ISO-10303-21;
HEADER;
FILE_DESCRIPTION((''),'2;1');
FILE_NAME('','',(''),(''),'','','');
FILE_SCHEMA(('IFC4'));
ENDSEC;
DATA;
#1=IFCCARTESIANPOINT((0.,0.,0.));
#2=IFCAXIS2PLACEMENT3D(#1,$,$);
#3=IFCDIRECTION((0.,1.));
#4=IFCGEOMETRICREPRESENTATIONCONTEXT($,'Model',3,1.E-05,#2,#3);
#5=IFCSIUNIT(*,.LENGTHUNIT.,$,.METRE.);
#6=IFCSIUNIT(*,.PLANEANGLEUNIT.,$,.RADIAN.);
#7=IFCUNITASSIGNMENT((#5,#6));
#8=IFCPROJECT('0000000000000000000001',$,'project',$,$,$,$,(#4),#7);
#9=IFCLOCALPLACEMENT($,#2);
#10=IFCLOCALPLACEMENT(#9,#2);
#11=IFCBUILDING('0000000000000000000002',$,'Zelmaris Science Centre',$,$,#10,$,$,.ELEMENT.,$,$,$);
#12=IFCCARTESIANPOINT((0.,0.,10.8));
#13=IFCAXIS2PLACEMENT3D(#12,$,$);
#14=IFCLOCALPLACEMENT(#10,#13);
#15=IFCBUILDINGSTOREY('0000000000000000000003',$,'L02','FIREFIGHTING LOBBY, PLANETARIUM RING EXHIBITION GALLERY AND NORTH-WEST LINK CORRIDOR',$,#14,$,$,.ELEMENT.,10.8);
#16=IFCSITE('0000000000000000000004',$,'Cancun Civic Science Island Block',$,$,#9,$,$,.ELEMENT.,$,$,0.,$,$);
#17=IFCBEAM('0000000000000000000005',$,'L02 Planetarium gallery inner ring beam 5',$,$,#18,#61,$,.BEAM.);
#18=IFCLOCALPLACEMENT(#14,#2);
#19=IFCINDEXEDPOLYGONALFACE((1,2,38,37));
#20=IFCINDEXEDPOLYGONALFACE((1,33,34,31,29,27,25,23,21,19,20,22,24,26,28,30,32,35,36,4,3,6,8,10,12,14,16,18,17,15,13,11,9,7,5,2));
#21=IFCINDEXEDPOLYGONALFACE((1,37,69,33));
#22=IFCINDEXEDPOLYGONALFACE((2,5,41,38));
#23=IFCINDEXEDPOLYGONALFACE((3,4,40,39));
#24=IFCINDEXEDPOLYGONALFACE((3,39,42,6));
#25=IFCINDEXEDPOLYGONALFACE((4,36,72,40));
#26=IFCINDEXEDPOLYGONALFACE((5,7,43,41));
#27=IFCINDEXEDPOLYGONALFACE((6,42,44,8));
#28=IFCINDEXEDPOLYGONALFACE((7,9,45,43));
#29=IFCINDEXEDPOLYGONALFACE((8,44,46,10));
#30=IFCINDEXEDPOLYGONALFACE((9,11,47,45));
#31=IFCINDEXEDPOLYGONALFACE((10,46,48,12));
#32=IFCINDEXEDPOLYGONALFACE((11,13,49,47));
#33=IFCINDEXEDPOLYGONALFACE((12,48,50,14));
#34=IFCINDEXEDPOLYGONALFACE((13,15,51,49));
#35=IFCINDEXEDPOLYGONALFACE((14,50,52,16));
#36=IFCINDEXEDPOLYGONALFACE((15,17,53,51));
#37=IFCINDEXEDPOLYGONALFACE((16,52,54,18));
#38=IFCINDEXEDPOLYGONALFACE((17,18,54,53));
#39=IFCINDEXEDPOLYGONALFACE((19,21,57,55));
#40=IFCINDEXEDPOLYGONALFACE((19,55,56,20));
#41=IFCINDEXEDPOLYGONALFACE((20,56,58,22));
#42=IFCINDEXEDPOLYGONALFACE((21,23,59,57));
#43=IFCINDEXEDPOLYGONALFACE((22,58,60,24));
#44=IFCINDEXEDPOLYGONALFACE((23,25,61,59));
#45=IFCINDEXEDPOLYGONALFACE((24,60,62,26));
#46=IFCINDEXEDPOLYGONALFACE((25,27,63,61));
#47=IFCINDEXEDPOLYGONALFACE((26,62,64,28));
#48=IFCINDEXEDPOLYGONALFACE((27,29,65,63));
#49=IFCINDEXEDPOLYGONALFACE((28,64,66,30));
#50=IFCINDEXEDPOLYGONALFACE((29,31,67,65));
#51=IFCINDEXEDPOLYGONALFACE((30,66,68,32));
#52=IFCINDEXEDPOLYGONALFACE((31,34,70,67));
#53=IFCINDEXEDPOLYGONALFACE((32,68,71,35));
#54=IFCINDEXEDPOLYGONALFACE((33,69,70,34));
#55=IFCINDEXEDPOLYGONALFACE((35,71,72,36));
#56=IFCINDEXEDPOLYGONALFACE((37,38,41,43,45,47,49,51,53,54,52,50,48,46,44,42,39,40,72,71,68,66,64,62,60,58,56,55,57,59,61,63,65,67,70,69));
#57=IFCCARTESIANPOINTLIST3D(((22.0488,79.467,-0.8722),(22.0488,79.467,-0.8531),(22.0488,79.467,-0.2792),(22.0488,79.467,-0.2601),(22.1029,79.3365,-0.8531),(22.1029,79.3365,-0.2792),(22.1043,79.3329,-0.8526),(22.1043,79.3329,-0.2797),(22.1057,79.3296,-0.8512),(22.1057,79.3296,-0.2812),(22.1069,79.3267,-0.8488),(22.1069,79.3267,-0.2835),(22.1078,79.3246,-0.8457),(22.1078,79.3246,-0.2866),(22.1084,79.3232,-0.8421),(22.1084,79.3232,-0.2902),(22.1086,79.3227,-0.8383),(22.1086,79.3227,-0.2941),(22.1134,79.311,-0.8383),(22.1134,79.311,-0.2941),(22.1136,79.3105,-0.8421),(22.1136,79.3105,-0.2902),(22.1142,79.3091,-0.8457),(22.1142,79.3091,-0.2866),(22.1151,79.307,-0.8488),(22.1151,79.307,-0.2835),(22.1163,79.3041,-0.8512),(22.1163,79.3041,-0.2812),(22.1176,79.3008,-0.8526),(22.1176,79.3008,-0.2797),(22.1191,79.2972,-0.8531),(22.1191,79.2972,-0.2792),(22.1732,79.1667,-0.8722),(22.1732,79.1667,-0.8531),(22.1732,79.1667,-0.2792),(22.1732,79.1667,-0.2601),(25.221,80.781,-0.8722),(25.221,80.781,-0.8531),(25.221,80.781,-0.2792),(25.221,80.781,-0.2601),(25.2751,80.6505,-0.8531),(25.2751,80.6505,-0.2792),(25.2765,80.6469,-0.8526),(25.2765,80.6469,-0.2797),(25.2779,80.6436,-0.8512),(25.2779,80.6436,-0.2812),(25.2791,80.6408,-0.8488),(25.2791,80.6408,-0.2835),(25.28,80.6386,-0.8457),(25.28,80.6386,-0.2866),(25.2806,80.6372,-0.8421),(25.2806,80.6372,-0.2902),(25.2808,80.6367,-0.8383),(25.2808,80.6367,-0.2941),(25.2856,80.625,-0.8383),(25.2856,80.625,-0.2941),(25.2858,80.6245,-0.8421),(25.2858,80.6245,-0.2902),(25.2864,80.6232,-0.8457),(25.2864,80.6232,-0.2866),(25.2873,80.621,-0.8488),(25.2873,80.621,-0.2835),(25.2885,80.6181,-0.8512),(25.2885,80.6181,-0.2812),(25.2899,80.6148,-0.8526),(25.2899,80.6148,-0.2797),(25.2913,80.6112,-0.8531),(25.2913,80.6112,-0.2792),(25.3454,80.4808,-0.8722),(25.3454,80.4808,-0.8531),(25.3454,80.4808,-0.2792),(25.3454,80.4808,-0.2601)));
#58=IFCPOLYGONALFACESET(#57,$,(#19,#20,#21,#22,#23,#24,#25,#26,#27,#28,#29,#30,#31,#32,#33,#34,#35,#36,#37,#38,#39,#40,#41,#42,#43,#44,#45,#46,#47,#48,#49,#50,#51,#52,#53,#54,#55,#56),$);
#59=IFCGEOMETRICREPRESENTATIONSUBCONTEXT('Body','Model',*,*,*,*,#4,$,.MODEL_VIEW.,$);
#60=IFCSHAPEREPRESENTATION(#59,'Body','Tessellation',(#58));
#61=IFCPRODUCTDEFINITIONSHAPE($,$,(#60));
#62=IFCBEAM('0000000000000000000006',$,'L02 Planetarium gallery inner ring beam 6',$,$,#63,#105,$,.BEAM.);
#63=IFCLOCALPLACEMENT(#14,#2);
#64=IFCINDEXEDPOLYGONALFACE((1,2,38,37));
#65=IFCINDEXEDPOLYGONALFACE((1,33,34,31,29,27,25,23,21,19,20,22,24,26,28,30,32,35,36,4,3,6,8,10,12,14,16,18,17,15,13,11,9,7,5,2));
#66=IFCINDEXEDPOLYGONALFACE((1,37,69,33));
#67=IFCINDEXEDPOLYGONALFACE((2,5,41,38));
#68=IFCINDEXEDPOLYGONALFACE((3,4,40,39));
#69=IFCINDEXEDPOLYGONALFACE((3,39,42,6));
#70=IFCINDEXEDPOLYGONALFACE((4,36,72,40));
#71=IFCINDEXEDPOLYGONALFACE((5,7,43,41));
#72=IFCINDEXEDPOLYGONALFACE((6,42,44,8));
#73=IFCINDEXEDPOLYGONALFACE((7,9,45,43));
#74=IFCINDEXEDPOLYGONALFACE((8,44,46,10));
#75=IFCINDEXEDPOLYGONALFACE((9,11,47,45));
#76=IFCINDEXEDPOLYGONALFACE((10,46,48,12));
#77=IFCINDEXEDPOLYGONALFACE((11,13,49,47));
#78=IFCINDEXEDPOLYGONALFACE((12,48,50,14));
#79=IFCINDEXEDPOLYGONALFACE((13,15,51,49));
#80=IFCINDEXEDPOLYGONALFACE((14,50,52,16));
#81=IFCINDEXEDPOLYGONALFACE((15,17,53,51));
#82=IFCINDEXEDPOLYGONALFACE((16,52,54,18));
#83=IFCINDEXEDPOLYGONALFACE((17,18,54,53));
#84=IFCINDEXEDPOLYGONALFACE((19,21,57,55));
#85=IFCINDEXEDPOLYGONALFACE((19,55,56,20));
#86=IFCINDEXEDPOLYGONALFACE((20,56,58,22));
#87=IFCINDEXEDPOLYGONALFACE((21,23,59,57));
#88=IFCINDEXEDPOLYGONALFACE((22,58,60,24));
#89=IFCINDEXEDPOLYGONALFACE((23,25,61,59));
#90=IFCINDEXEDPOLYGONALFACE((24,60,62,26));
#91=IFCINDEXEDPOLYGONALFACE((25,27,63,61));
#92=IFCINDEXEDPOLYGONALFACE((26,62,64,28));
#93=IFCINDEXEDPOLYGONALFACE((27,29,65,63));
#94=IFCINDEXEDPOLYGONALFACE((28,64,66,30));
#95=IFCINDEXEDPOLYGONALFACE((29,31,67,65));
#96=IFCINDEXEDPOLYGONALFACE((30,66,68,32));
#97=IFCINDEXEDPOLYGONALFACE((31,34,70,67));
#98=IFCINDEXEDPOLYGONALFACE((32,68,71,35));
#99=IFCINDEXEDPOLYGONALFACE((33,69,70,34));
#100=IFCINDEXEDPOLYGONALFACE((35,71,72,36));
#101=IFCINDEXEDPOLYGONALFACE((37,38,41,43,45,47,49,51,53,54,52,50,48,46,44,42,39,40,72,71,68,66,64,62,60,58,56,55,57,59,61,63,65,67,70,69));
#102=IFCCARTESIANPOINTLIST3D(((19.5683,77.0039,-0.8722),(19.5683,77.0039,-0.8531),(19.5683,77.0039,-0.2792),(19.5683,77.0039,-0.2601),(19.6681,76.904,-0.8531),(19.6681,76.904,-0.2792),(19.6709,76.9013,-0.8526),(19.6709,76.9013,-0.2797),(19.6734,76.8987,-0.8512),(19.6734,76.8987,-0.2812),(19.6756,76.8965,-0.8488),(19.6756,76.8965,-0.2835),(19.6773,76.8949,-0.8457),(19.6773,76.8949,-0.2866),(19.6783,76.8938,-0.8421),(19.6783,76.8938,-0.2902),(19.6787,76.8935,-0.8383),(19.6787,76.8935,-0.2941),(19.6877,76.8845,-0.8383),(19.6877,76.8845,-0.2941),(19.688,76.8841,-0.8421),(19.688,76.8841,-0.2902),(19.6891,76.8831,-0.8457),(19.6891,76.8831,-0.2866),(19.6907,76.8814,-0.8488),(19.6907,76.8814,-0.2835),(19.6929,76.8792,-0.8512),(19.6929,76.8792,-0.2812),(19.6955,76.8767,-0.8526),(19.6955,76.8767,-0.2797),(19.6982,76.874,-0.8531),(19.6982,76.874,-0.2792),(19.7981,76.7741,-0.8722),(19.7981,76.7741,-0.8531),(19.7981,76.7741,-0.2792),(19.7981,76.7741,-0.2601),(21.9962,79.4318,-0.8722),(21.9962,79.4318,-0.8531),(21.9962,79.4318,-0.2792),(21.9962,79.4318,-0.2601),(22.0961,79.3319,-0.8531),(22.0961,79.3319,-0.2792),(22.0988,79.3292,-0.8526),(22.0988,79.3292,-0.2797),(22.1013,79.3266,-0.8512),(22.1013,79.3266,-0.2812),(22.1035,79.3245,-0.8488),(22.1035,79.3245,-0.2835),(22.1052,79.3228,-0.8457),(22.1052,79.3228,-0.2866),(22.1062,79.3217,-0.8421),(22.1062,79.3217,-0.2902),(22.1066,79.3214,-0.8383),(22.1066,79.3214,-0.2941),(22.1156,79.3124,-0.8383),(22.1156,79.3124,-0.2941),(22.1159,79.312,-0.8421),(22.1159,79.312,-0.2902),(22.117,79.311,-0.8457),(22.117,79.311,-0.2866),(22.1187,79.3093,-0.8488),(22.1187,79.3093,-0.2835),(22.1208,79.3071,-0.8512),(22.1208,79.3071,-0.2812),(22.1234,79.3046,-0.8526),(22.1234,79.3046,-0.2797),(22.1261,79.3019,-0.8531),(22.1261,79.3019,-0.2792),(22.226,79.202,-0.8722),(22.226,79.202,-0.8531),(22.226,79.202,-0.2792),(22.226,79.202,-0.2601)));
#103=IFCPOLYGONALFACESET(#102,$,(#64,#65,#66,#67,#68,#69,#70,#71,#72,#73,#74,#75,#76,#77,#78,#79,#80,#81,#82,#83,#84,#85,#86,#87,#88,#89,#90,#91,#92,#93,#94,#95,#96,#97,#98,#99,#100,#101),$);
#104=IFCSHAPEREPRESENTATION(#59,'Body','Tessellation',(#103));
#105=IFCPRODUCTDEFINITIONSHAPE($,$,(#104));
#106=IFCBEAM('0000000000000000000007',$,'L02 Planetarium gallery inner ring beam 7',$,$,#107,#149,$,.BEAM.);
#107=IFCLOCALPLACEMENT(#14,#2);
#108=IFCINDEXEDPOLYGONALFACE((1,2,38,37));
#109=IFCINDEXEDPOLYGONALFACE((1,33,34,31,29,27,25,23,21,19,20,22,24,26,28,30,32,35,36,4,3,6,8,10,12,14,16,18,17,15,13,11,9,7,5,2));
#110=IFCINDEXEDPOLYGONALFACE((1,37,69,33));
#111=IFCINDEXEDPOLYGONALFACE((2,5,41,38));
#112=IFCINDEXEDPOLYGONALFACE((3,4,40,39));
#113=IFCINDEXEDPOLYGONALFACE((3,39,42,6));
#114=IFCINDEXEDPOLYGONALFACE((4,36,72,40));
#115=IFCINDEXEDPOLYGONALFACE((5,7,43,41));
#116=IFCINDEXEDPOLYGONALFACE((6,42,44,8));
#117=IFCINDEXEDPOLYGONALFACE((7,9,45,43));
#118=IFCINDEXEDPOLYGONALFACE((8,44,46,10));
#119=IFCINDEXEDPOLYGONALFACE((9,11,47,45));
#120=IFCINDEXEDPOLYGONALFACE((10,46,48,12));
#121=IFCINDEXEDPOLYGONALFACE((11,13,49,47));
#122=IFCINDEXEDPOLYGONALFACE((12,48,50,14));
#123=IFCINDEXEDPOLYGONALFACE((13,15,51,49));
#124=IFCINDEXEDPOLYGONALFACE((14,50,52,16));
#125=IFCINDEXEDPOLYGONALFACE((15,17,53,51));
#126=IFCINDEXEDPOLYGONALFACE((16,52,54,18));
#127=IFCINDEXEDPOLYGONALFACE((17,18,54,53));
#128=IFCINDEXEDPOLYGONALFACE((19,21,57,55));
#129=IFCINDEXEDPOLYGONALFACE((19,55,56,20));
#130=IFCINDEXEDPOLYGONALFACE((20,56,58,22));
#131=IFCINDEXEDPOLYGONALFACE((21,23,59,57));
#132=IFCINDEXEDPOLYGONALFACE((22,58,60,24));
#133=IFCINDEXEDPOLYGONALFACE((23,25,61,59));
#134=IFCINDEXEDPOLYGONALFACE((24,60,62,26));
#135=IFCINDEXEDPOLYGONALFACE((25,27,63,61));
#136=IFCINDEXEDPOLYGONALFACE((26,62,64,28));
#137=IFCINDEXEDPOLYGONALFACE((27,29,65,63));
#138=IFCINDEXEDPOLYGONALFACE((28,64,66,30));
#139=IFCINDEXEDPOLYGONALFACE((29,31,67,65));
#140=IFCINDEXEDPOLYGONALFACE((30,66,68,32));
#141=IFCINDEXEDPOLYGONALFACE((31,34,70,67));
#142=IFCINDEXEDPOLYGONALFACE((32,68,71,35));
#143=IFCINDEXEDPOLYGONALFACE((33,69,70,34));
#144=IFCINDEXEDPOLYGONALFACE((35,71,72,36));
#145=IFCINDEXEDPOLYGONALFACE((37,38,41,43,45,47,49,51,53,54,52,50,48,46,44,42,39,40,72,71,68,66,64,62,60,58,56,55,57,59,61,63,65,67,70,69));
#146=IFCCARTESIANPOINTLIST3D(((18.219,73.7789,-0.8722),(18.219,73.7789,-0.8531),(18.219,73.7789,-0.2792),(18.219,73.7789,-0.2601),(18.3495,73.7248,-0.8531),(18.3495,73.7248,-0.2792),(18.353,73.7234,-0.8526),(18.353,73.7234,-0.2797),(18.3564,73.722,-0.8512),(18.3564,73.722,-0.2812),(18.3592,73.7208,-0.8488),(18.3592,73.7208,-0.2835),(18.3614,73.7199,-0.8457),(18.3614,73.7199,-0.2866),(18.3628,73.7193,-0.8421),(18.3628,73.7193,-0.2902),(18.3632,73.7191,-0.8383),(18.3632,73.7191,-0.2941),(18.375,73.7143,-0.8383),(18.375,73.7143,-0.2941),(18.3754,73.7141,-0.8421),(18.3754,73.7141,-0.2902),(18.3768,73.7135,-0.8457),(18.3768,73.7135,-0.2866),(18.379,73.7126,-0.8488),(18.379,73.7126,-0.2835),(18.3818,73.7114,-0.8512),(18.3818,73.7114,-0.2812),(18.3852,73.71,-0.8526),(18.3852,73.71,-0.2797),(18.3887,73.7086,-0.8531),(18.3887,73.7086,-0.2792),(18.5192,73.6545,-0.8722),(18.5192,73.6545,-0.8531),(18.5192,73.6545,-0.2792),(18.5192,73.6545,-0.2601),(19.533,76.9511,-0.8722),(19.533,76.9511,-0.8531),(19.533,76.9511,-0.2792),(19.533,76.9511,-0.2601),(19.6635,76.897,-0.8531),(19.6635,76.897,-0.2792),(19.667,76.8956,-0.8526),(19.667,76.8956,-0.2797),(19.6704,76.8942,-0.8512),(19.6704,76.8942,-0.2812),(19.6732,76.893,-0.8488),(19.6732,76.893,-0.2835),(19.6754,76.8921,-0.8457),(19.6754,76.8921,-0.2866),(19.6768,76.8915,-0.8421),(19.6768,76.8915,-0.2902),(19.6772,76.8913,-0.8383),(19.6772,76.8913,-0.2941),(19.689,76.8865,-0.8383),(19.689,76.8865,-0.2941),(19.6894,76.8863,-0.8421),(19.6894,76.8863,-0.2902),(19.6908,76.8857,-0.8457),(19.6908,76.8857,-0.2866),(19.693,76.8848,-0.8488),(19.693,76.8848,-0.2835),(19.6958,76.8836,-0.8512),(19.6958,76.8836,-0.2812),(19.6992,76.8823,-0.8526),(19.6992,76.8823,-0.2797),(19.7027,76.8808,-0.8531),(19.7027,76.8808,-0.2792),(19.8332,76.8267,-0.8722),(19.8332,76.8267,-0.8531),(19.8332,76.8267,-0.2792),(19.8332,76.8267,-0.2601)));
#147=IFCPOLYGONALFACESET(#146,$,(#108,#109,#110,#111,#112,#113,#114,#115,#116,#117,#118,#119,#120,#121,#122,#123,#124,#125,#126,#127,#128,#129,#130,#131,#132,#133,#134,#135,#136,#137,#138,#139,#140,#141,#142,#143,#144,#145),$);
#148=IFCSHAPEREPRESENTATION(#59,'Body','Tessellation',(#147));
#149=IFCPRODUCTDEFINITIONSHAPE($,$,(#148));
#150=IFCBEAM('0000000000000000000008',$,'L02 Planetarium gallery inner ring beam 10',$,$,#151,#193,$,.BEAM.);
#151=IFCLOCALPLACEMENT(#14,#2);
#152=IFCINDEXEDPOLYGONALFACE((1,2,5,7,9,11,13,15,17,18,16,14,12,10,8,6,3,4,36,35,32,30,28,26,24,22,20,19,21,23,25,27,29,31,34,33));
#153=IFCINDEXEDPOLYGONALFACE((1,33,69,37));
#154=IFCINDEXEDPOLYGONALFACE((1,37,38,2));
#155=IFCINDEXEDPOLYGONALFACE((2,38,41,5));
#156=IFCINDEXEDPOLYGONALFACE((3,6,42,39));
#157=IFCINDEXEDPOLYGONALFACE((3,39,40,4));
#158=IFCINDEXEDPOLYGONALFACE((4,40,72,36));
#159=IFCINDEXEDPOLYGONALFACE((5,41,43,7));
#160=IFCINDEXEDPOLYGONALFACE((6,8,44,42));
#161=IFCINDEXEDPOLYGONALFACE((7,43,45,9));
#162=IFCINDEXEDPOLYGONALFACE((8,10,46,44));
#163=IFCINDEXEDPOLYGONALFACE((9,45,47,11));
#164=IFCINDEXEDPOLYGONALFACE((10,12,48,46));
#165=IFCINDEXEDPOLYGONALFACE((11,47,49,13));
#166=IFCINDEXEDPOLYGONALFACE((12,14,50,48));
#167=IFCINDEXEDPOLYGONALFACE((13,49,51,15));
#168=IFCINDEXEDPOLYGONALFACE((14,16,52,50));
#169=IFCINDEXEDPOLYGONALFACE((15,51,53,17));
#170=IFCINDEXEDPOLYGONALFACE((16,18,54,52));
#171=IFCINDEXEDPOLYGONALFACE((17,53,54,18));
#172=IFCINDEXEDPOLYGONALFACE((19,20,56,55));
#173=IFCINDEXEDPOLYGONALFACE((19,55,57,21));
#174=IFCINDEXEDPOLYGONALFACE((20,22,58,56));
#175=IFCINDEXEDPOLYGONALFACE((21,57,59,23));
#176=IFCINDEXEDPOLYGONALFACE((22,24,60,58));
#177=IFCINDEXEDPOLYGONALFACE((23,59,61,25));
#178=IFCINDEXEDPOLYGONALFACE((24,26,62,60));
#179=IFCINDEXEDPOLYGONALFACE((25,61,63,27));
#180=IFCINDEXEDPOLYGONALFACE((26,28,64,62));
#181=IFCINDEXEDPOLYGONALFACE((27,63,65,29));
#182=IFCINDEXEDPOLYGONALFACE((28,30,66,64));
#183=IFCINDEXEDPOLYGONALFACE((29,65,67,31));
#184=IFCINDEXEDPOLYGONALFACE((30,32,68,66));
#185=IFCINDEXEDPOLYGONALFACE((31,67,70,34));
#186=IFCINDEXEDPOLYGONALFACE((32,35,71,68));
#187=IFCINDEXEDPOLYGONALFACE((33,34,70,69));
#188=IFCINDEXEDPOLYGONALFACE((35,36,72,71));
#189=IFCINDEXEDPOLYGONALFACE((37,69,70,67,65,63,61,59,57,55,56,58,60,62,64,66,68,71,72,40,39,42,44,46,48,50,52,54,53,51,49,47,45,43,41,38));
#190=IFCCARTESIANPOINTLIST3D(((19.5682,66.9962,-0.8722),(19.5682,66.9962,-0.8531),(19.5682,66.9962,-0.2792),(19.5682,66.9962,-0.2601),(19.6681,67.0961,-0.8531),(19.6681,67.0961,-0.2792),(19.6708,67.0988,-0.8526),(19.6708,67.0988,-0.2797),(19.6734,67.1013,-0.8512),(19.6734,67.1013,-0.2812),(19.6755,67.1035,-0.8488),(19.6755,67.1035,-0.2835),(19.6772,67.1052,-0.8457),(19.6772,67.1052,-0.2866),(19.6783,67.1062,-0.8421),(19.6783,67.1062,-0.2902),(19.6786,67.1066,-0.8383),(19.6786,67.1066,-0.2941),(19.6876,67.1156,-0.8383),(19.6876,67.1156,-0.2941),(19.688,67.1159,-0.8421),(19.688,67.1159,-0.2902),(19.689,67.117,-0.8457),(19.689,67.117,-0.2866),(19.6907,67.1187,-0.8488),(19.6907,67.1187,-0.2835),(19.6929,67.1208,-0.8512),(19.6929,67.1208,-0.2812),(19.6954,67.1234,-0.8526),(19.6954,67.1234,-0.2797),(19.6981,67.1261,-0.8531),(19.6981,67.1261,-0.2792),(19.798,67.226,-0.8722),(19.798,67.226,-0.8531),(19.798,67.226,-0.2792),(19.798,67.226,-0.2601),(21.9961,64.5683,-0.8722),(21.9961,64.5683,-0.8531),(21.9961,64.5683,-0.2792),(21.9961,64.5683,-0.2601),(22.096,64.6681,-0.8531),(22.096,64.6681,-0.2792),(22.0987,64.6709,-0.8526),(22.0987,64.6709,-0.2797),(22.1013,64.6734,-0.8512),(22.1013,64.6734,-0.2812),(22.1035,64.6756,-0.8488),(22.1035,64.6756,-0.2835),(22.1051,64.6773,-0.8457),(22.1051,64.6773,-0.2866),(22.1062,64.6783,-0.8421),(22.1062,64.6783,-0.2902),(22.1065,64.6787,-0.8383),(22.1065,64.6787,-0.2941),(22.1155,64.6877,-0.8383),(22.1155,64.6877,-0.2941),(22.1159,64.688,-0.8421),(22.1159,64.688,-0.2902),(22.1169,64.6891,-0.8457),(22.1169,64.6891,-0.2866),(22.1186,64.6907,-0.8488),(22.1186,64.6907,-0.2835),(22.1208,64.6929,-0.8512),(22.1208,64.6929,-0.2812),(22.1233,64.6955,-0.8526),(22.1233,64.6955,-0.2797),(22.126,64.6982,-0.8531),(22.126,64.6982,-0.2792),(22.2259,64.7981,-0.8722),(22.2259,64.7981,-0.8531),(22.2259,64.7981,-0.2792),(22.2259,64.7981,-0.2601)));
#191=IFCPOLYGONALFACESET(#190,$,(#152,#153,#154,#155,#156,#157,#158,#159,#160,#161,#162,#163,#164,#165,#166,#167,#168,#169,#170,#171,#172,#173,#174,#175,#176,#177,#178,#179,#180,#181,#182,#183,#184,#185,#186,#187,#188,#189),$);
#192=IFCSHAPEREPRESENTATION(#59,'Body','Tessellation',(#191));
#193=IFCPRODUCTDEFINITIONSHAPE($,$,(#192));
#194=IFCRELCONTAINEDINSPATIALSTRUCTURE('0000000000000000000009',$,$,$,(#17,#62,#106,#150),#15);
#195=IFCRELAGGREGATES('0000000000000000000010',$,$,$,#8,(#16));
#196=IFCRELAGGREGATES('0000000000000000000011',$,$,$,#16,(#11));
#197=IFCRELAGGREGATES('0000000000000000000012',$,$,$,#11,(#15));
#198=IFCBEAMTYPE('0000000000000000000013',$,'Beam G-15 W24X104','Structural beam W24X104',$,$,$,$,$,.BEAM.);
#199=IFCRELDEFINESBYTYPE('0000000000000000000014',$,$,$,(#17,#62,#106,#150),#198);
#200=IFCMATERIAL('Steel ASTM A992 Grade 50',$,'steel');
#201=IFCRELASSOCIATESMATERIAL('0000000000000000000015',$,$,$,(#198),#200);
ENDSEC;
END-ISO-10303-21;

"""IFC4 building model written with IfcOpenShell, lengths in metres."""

from ifc_helpers import new_model, si_unit, direction, frame, origin, origin_2d, place, context, subcontext, project, spatial, i_section, extrude, material, material_profile, profile_set, type_object, element, save


model = new_model("IFC4")

# Units and contexts
model_context = context("Model", 3, precision=1e-05, world=origin(), true_north=direction((0.0, 1.0)))
body_context = subcontext(model_context, "Body", "Model", "MODEL_VIEW")
ifc_project = project(units=[si_unit("LENGTHUNIT", "METRE"), si_unit("PLANEANGLEUNIT", "RADIAN")], contexts=[model_context])

# Site, building, storey
site_placement = place(None, origin())
site = spatial("IfcSite", under=ifc_project, at=site_placement, Name="Cancun Civic Science Island Block", CompositionType="ELEMENT", RefElevation=0.0)
building_placement = place(site_placement, origin())
building = spatial("IfcBuilding", under=site, at=building_placement, Name="Zelmaris Science Centre", CompositionType="ELEMENT")
storey_placement = place(building_placement, frame((0.0, 0.0, 10.8)))
storey = spatial("IfcBuildingStorey", under=building, at=storey_placement, Name="L02", Description="FIREFIGHTING LOBBY, PLANETARIUM RING EXHIBITION GALLERY AND NORTH-WEST LINK CORRIDOR", CompositionType="ELEMENT", Elevation=10.8)

# Beams
ifc_material_1 = material(Name="Steel ASTM A992 Grade 50", Category="steel")
ifc_material_profile_1 = material_profile(ifc_material_1, i_section(OverallWidth=0.325, OverallDepth=0.6121, WebThickness=0.0127, FlangeThickness=0.019, FilletRadius=0.0149, at=origin_2d()), Name="W24X104")
ifc_profile_set_1 = profile_set([ifc_material_profile_1], Name="Steel ASTM A992 Grade 50")
beam_type_1 = type_object("IfcBeamType", Name="Beam G-15 W24X104", Description="Structural beam W24X104", PredefinedType="BEAM", material=ifc_profile_set_1)
for number, where, z_axis, x_axis, name in (
    (1, (25.2832, 80.6309, -0.5662), (-0.923876, -0.382691, 0.0), (0.382691, -0.923876, 0.0), "L02 Planetarium gallery inner ring beam 5"),
    (2, (22.1111, 79.3169, -0.5662), (-0.707107, -0.707107, 0.0), (0.707107, -0.707107, 0.0), "L02 Planetarium gallery inner ring beam 6"),
    (3, (19.6831, 76.8889, -0.5662), (-0.382691, -0.923876, 0.0), (0.923876, -0.382691, 0.0), "L02 Planetarium gallery inner ring beam 7"),
    (4, (19.6831, 67.1111, -0.5662), (0.707107, -0.707107, 0.0), (0.707107, 0.707107, 0.0), "L02 Planetarium gallery inner ring beam 10"),
):
    element("IfcBeam", number, at=place(storey_placement, frame(where, z_axis=z_axis, x_axis=x_axis)), inside=storey, type_object=beam_type_1, Name=name, PredefinedType="BEAM", context=body_context, shape_type="SweptSolid", body=[
        extrude(i_section(OverallWidth=0.325, OverallDepth=0.6121, WebThickness=0.0127, FlangeThickness=0.019, FilletRadius=0.0149, at=origin_2d()), origin(), (0.0, 0.0, 1.0), 3.4336),
    ])

save(model, "model.ifc")
